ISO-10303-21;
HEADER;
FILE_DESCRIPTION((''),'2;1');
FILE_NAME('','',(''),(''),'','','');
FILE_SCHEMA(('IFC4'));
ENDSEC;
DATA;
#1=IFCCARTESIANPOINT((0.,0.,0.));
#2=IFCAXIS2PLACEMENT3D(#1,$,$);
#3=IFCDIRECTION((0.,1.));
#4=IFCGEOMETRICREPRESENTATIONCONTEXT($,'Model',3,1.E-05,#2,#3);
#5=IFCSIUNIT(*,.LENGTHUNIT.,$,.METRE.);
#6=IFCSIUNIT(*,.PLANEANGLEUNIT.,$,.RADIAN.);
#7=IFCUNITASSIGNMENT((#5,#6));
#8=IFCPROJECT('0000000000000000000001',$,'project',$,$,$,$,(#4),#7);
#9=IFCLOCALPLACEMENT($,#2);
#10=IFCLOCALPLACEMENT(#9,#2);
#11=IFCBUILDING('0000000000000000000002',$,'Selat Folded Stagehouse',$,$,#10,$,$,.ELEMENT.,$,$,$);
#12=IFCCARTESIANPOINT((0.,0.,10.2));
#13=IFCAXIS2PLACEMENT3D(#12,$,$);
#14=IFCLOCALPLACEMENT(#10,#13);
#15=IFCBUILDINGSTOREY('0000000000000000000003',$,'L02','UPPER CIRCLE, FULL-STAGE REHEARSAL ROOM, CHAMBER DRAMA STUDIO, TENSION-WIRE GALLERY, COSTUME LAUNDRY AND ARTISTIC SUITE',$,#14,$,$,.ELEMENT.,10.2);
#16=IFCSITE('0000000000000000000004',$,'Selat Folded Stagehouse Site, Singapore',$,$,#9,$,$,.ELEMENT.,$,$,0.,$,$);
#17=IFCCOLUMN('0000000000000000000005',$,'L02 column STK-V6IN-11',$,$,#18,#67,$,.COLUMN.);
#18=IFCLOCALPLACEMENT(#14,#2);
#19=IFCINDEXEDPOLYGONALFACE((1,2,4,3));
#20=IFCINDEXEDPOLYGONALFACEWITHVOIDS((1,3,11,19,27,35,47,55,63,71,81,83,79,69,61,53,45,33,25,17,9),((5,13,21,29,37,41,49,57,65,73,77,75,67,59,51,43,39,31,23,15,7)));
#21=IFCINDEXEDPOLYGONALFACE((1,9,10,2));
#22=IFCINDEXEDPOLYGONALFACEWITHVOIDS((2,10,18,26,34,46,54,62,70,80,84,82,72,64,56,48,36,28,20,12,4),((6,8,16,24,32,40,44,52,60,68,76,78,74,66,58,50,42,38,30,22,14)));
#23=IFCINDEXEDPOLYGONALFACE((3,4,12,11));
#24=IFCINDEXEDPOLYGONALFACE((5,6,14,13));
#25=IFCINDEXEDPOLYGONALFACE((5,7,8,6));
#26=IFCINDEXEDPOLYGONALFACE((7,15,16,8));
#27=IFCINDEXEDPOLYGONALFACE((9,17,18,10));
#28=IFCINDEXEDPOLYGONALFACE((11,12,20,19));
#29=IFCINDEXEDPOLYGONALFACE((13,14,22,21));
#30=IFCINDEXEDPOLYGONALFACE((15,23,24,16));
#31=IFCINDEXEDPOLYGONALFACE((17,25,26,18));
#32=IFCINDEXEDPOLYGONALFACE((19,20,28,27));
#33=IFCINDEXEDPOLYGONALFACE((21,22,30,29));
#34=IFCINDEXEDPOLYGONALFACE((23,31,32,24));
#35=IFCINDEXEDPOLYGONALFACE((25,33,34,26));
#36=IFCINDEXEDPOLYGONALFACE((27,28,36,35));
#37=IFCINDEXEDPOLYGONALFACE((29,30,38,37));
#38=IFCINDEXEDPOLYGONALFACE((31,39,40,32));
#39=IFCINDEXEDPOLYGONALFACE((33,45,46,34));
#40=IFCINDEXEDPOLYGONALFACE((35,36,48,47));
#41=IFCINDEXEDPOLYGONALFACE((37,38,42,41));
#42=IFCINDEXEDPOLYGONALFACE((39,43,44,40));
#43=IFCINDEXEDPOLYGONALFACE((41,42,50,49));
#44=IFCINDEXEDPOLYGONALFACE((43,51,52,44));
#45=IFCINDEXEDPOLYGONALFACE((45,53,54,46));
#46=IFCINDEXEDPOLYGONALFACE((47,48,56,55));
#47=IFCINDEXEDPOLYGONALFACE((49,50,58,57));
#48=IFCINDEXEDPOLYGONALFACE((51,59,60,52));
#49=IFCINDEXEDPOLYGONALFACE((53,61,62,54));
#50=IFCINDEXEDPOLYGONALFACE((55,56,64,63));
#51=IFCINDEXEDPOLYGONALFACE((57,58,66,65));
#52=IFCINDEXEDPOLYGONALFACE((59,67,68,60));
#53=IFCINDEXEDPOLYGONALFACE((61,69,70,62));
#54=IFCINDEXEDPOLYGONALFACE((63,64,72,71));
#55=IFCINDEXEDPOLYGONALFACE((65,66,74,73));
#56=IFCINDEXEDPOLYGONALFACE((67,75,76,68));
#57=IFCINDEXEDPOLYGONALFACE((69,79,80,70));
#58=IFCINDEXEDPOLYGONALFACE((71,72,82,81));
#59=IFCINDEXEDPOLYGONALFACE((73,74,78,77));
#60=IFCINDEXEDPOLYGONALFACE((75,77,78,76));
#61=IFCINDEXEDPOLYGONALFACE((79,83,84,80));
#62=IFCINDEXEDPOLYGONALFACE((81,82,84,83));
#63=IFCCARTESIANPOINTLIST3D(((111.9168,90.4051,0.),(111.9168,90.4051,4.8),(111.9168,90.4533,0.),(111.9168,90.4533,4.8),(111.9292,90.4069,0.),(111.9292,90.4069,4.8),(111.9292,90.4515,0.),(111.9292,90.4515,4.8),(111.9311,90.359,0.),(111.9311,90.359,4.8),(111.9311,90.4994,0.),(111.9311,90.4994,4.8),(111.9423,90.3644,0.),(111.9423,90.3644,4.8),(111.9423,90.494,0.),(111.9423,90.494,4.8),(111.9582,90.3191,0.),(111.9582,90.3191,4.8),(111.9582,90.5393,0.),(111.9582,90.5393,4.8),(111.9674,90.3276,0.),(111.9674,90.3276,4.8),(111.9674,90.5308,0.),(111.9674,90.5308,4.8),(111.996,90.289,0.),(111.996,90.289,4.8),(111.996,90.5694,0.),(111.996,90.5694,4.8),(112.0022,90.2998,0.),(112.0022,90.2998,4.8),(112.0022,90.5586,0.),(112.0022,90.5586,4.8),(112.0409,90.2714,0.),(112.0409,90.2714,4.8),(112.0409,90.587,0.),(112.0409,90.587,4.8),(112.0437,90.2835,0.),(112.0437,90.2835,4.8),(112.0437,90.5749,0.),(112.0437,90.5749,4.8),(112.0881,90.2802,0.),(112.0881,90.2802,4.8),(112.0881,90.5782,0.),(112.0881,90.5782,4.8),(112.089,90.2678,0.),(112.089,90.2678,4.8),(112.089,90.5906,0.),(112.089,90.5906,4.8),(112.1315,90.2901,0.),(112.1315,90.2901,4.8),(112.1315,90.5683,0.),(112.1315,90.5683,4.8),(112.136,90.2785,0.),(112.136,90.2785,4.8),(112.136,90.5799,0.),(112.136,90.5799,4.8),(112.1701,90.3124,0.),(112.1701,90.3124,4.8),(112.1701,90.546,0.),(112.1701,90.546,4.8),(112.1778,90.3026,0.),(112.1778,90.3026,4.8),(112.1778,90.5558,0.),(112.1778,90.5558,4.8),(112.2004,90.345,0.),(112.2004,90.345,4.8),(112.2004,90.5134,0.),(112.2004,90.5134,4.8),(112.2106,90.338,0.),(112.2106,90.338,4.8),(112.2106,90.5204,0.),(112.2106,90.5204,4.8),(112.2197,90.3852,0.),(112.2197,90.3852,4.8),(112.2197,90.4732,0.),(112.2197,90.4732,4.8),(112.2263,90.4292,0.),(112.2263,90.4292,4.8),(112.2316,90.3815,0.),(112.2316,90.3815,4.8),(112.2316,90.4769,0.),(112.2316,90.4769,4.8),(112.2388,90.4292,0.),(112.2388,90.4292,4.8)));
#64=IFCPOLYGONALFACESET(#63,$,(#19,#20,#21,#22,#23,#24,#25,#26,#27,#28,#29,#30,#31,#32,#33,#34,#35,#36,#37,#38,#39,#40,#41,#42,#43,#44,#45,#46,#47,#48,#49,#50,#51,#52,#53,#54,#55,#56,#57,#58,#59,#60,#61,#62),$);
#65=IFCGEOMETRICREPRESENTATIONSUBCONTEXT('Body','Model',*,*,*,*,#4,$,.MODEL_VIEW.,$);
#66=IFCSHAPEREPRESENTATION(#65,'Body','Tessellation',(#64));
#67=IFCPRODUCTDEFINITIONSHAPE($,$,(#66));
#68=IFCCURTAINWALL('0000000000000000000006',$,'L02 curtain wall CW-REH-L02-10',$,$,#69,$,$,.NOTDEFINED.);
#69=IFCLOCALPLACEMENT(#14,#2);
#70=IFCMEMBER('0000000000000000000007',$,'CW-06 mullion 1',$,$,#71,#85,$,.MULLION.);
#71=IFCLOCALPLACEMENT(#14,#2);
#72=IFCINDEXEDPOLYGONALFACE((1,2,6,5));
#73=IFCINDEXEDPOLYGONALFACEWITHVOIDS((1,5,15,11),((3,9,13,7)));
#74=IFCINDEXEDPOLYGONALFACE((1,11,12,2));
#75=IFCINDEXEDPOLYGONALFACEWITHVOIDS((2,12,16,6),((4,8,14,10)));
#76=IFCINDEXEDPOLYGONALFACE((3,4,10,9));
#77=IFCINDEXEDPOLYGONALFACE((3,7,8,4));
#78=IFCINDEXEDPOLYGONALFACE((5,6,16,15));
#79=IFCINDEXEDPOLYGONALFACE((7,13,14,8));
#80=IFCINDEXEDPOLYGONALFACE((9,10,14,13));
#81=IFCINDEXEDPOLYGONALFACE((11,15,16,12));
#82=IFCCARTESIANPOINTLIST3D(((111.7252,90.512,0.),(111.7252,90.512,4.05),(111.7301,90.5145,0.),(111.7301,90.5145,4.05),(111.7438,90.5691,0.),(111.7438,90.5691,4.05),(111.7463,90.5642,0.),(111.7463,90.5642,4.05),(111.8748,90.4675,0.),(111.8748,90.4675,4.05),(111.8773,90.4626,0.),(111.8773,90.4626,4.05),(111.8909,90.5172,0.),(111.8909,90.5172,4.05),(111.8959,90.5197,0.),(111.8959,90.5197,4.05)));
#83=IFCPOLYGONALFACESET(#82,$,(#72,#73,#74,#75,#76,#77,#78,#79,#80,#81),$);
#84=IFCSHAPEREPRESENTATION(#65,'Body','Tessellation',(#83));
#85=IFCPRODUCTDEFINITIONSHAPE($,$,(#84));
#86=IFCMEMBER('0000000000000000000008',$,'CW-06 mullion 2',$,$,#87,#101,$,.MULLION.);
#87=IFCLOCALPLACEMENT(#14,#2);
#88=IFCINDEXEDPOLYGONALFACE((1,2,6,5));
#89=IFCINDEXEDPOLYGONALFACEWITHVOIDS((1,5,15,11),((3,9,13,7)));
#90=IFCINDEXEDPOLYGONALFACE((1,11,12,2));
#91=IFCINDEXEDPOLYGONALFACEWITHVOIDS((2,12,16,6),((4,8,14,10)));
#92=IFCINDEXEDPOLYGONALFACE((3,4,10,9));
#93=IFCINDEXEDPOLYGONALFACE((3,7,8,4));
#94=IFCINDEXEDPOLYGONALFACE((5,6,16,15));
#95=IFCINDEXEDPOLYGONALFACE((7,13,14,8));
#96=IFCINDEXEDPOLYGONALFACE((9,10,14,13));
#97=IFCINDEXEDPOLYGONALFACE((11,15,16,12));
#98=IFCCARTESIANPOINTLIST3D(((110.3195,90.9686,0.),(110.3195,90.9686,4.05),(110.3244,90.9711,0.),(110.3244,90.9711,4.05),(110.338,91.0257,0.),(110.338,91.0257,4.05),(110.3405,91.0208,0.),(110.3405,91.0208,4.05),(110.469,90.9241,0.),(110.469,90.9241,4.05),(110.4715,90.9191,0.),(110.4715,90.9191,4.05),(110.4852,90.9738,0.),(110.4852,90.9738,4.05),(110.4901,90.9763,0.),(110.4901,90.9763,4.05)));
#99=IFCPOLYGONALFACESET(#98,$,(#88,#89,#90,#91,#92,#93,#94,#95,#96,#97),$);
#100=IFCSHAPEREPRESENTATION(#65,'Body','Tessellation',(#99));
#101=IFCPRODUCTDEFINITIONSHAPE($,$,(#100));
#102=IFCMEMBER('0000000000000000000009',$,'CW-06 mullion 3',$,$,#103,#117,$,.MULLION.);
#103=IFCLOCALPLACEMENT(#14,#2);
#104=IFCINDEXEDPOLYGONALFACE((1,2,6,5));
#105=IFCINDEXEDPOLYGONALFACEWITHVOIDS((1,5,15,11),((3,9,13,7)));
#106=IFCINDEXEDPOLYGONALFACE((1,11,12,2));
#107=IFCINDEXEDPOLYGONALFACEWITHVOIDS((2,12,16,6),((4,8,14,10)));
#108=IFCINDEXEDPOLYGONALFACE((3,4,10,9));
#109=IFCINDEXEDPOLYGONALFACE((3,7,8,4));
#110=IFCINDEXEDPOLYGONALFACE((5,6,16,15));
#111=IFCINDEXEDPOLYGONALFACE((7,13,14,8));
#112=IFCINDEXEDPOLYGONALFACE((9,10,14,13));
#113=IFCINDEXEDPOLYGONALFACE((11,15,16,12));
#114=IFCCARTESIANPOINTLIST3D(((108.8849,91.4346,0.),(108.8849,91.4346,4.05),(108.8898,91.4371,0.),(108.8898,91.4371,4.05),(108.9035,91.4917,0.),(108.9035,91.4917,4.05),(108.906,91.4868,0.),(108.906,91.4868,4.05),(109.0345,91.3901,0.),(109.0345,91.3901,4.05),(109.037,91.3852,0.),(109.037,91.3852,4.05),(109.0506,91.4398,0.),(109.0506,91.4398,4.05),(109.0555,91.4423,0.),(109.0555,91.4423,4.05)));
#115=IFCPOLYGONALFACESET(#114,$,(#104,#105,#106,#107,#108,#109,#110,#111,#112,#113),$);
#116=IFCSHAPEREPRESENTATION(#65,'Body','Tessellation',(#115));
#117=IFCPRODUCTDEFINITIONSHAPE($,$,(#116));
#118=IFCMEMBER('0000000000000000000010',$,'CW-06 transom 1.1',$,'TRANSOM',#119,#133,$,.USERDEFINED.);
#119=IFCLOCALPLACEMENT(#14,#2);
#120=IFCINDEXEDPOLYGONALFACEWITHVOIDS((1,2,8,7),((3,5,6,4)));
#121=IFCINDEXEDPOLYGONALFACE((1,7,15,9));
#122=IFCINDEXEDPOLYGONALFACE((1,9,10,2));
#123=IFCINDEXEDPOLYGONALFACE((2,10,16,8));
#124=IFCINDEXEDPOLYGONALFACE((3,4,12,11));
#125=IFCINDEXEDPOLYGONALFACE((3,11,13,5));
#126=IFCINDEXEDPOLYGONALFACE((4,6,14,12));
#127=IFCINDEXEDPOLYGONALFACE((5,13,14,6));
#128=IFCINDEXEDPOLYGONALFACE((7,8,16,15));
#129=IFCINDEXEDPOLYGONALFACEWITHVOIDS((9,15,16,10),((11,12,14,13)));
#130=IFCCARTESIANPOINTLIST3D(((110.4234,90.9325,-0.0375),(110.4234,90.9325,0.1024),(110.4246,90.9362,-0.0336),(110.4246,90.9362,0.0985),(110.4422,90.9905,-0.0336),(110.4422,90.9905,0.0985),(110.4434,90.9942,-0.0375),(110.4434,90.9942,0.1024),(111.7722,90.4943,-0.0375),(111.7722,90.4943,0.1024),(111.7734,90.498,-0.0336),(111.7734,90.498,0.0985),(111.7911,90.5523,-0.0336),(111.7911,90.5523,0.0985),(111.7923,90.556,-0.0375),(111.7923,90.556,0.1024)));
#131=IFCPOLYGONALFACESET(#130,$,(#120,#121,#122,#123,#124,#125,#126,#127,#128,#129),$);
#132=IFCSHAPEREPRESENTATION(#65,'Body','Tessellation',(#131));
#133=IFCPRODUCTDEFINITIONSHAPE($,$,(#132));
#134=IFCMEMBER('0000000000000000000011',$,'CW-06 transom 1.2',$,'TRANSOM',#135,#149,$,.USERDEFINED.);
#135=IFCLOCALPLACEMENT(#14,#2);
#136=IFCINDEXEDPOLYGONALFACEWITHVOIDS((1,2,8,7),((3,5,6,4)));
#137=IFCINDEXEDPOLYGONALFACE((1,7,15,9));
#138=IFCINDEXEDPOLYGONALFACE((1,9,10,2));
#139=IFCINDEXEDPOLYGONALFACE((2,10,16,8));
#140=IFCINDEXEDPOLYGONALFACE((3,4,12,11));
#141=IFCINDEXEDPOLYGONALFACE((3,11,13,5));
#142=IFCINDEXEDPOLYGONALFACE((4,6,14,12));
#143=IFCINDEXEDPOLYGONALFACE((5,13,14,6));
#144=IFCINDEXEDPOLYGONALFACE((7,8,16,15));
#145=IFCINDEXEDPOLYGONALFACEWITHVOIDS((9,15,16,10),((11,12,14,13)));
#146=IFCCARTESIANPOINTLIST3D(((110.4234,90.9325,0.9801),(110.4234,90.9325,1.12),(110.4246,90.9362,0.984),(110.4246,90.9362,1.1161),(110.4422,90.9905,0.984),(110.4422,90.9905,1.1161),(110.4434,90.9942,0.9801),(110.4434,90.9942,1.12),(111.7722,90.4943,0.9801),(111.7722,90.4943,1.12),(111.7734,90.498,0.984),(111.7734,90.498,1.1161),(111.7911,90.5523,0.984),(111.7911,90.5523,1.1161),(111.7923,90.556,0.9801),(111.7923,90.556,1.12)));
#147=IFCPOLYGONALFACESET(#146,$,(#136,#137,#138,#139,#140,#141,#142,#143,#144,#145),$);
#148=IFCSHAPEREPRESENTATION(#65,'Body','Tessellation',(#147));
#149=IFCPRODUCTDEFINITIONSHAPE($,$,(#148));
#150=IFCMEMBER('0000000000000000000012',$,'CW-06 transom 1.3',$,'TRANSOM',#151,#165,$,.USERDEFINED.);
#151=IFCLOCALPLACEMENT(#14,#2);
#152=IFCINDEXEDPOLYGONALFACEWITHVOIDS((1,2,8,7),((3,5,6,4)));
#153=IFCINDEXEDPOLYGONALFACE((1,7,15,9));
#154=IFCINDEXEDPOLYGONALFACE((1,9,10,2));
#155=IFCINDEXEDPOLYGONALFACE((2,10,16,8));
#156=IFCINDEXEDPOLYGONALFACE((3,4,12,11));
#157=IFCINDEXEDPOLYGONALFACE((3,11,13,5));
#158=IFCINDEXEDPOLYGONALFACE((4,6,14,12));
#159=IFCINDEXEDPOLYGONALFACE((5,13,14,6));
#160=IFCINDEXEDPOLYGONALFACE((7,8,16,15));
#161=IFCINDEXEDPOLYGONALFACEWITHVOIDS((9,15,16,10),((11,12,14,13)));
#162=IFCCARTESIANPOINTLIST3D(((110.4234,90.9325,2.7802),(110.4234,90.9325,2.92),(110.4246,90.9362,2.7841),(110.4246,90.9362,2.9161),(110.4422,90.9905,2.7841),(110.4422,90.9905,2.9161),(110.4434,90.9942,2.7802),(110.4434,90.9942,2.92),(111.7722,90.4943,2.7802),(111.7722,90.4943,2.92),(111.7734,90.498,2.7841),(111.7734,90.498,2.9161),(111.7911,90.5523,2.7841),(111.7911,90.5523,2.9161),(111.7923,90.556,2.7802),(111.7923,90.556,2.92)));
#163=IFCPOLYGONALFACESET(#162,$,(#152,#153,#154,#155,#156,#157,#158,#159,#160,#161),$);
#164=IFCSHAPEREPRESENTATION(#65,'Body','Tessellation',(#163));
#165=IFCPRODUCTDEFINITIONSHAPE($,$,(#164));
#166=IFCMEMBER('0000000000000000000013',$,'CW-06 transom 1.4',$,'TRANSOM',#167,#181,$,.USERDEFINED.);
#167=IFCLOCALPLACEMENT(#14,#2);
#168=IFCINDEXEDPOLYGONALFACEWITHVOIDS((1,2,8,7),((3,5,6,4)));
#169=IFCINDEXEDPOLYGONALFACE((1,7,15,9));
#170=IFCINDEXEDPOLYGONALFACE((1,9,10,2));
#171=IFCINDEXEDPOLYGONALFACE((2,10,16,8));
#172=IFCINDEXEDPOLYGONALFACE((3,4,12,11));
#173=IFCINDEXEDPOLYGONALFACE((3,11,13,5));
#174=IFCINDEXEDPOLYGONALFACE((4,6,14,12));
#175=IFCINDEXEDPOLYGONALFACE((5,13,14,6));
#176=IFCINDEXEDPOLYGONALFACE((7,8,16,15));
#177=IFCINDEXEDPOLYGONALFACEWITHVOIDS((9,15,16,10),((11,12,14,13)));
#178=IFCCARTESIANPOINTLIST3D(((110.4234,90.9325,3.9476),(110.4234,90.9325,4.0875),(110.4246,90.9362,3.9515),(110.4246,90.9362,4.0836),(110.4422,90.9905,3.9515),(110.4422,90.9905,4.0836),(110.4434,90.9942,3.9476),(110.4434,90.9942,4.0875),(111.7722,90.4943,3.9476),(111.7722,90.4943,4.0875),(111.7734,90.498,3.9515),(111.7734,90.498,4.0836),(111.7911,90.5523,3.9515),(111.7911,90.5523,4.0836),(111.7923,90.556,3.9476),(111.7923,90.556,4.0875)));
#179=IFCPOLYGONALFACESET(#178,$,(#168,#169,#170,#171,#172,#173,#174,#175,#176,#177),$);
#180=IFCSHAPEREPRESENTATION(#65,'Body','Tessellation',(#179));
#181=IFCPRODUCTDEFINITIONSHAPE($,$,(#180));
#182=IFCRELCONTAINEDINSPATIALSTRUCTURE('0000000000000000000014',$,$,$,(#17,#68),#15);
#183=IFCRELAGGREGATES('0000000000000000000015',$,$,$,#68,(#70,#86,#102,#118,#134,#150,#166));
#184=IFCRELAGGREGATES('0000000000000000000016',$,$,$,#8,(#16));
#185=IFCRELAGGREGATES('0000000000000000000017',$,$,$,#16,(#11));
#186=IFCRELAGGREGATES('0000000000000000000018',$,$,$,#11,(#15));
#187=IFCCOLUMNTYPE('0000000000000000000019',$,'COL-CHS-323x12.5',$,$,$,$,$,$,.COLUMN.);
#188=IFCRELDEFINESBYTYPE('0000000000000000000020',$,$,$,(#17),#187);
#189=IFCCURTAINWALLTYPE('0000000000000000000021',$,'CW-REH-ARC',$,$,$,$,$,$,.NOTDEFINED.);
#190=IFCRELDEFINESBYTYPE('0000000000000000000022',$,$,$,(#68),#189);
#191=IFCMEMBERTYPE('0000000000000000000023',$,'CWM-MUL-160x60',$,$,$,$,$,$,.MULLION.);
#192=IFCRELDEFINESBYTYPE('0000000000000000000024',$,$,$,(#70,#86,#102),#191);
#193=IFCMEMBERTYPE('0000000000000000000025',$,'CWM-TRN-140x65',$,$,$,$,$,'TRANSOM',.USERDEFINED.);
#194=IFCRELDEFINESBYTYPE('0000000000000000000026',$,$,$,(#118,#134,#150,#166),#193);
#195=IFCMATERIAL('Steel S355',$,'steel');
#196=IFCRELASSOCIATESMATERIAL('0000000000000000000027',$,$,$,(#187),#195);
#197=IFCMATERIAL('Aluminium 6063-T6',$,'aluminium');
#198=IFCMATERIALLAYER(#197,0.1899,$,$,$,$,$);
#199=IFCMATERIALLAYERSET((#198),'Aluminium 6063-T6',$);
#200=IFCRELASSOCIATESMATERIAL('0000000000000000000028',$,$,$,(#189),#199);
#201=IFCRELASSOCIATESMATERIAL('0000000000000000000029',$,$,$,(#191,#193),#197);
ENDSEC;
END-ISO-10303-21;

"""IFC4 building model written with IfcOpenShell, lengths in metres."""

from ifc_helpers import new_model, si_unit, direction, frame, origin, origin_2d, place, context, subcontext, project, spatial, hollow_rectangle, hollow_circle, extrude, material, layer, layer_set, material_profile, profile_set, type_object, element, aggregate, save


model = new_model("IFC4")

# Units and contexts
model_context = context("Model", 3, precision=1e-05, world=origin(), true_north=direction((0.0, 1.0)))
body_context = subcontext(model_context, "Body", "Model", "MODEL_VIEW")
ifc_project = project(units=[si_unit("LENGTHUNIT", "METRE"), si_unit("PLANEANGLEUNIT", "RADIAN")], contexts=[model_context])

# Site, building, storey
site_placement = place(None, origin())
site = spatial("IfcSite", under=ifc_project, at=site_placement, Name="Selat Folded Stagehouse Site, Singapore", CompositionType="ELEMENT", RefElevation=0.0)
building_placement = place(site_placement, origin())
building = spatial("IfcBuilding", under=site, at=building_placement, Name="Selat Folded Stagehouse", CompositionType="ELEMENT")
storey_placement = place(building_placement, frame((0.0, 0.0, 10.2)))
storey = spatial("IfcBuildingStorey", under=building, at=storey_placement, Name="L02", Description="UPPER CIRCLE, FULL-STAGE REHEARSAL ROOM, CHAMBER DRAMA STUDIO, TENSION-WIRE GALLERY, COSTUME LAUNDRY AND ARTISTIC SUITE", CompositionType="ELEMENT", Elevation=10.2)

# Column
ifc_material_1 = material(Name="Steel S355", Category="steel")
ifc_material_profile_1 = material_profile(ifc_material_1, hollow_circle(Radius=0.1619, WallThickness=0.0125, at=origin_2d()), Name="CHS 323.9x12.5")
ifc_profile_set_1 = profile_set([ifc_material_profile_1], Name="Steel S355")
column_type = type_object("IfcColumnType", Name="COL-CHS-323x12.5", PredefinedType="COLUMN", material=ifc_profile_set_1)
column_placement = place(storey_placement, frame((112.0769, 90.4292, 0.0), z_axis=(0.0, 0.0, 1.0), x_axis=(1.0, 0.0, 0.0)))
element("IfcColumn", 1, at=column_placement, inside=storey, type_object=column_type, Name="L02 column STK-V6IN-11", PredefinedType="COLUMN", context=body_context, shape_type="SweptSolid", body=[
    extrude(hollow_circle(Radius=0.1619, WallThickness=0.0125, at=origin_2d()), origin(), (0.0, 0.0, 1.0), 4.8),
])

# Curtain wall, members
ifc_material_2 = material(Name="Aluminium 6063-T6", Category="aluminium")
ifc_layer_1 = layer(ifc_material_2, 0.1899)
ifc_layer_set_1 = layer_set([ifc_layer_1], Name="Aluminium 6063-T6")
curtain_wall_type = type_object("IfcCurtainWallType", Name="CW-REH-ARC", PredefinedType="NOTDEFINED", material=ifc_layer_set_1)
curtain_wall_placement = place(storey_placement, origin())
curtain_wall = element("IfcCurtainWall", 2, at=curtain_wall_placement, inside=storey, type_object=curtain_wall_type, Name="L02 curtain wall CW-REH-L02-10", PredefinedType="NOTDEFINED")
ifc_material_profile_2 = material_profile(ifc_material_2, hollow_rectangle(XDim=0.0601, YDim=0.1599, WallThickness=0.0039, at=origin_2d()), Name="ALU 160x60x4.0")
ifc_profile_set_2 = profile_set([ifc_material_profile_2], Name="Aluminium 6063-T6")
member_type_1 = type_object("IfcMemberType", Name="CWM-MUL-160x60", PredefinedType="MULLION", material=ifc_profile_set_2)
member_1_placement = place(storey_placement, frame((111.8105, 90.5159, 0.0), z_axis=(0.0, 0.0, 1.0), x_axis=(-0.308992, -0.951065, 0.0)))
member_1 = element("IfcMember", 3, at=member_1_placement, type_object=member_type_1, Name="CW-06 mullion 1", PredefinedType="MULLION", context=body_context, shape_type="SweptSolid", body=[
    extrude(hollow_rectangle(XDim=0.0601, YDim=0.1599, WallThickness=0.0039, at=origin_2d()), origin(), (0.0, 0.0, 1.0), 4.05),
])
member_2_placement = place(storey_placement, frame((110.4048, 90.9724, 0.0), z_axis=(0.0, 0.0, 1.0), x_axis=(-0.308992, -0.951065, 0.0)))
member_2 = element("IfcMember", 4, at=member_2_placement, type_object=member_type_1, Name="CW-06 mullion 2", PredefinedType="MULLION", context=body_context, shape_type="SweptSolid", body=[
    extrude(hollow_rectangle(XDim=0.0601, YDim=0.1599, WallThickness=0.0039, at=origin_2d()), origin(), (0.0, 0.0, 1.0), 4.05),
])
member_3_placement = place(storey_placement, frame((108.9702, 91.4385, 0.0), z_axis=(0.0, 0.0, 1.0), x_axis=(-0.308992, -0.951065, 0.0)))
member_3 = element("IfcMember", 5, at=member_3_placement, type_object=member_type_1, Name="CW-06 mullion 3", PredefinedType="MULLION", context=body_context, shape_type="SweptSolid", body=[
    extrude(hollow_rectangle(XDim=0.0601, YDim=0.1599, WallThickness=0.0039, at=origin_2d()), origin(), (0.0, 0.0, 1.0), 4.05),
])
ifc_material_profile_3 = material_profile(ifc_material_2, hollow_rectangle(XDim=0.0649, YDim=0.1399, WallThickness=0.0039, at=origin_2d()), Name="ALU 140x65x4.0")
ifc_profile_set_3 = profile_set([ifc_material_profile_3], Name="Aluminium 6063-T6")
member_type_2 = type_object("IfcMemberType", Name="CWM-TRN-140x65", ElementType="TRANSOM", PredefinedType="USERDEFINED", material=ifc_profile_set_3)
member_4_placement = place(storey_placement, frame((111.7822, 90.5251, 0.0325), z_axis=(-0.951066, 0.308989, 0.0), x_axis=(-0.308989, -0.951066, 0.0)))
member_4 = element("IfcMember", 6, at=member_4_placement, type_object=member_type_2, Name="CW-06 transom 1.1", ObjectType="TRANSOM", PredefinedType="USERDEFINED", context=body_context, shape_type="SweptSolid", body=[
    extrude(hollow_rectangle(XDim=0.0649, YDim=0.1399, WallThickness=0.0039, at=origin_2d()), origin(), (0.0, 0.0, 1.0), 1.4182),
])
member_5_placement = place(storey_placement, frame((111.7822, 90.5251, 1.05), z_axis=(-0.951066, 0.308989, 0.0), x_axis=(-0.308989, -0.951066, 0.0)))
member_5 = element("IfcMember", 7, at=member_5_placement, type_object=member_type_2, Name="CW-06 transom 1.2", ObjectType="TRANSOM", PredefinedType="USERDEFINED", context=body_context, shape_type="SweptSolid", body=[
    extrude(hollow_rectangle(XDim=0.0649, YDim=0.1399, WallThickness=0.0039, at=origin_2d()), origin(), (0.0, 0.0, 1.0), 1.4182),
])
member_6_placement = place(storey_placement, frame((111.7822, 90.5251, 2.8501), z_axis=(-0.951066, 0.308989, 0.0), x_axis=(-0.308989, -0.951066, 0.0)))
member_6 = element("IfcMember", 8, at=member_6_placement, type_object=member_type_2, Name="CW-06 transom 1.3", ObjectType="TRANSOM", PredefinedType="USERDEFINED", context=body_context, shape_type="SweptSolid", body=[
    extrude(hollow_rectangle(XDim=0.0649, YDim=0.1399, WallThickness=0.0039, at=origin_2d()), origin(), (0.0, 0.0, 1.0), 1.4182),
])
member_7_placement = place(storey_placement, frame((111.7822, 90.5251, 4.0176), z_axis=(-0.951066, 0.308989, 0.0), x_axis=(-0.308989, -0.951066, 0.0)))
member_7 = element("IfcMember", 9, at=member_7_placement, type_object=member_type_2, Name="CW-06 transom 1.4", ObjectType="TRANSOM", PredefinedType="USERDEFINED", context=body_context, shape_type="SweptSolid", body=[
    extrude(hollow_rectangle(XDim=0.0649, YDim=0.1399, WallThickness=0.0039, at=origin_2d()), origin(), (0.0, 0.0, 1.0), 1.4182),
])

aggregate(curtain_wall, [member_1, member_2, member_3, member_4, member_5, member_6, member_7])

save(model, "model.ifc")
